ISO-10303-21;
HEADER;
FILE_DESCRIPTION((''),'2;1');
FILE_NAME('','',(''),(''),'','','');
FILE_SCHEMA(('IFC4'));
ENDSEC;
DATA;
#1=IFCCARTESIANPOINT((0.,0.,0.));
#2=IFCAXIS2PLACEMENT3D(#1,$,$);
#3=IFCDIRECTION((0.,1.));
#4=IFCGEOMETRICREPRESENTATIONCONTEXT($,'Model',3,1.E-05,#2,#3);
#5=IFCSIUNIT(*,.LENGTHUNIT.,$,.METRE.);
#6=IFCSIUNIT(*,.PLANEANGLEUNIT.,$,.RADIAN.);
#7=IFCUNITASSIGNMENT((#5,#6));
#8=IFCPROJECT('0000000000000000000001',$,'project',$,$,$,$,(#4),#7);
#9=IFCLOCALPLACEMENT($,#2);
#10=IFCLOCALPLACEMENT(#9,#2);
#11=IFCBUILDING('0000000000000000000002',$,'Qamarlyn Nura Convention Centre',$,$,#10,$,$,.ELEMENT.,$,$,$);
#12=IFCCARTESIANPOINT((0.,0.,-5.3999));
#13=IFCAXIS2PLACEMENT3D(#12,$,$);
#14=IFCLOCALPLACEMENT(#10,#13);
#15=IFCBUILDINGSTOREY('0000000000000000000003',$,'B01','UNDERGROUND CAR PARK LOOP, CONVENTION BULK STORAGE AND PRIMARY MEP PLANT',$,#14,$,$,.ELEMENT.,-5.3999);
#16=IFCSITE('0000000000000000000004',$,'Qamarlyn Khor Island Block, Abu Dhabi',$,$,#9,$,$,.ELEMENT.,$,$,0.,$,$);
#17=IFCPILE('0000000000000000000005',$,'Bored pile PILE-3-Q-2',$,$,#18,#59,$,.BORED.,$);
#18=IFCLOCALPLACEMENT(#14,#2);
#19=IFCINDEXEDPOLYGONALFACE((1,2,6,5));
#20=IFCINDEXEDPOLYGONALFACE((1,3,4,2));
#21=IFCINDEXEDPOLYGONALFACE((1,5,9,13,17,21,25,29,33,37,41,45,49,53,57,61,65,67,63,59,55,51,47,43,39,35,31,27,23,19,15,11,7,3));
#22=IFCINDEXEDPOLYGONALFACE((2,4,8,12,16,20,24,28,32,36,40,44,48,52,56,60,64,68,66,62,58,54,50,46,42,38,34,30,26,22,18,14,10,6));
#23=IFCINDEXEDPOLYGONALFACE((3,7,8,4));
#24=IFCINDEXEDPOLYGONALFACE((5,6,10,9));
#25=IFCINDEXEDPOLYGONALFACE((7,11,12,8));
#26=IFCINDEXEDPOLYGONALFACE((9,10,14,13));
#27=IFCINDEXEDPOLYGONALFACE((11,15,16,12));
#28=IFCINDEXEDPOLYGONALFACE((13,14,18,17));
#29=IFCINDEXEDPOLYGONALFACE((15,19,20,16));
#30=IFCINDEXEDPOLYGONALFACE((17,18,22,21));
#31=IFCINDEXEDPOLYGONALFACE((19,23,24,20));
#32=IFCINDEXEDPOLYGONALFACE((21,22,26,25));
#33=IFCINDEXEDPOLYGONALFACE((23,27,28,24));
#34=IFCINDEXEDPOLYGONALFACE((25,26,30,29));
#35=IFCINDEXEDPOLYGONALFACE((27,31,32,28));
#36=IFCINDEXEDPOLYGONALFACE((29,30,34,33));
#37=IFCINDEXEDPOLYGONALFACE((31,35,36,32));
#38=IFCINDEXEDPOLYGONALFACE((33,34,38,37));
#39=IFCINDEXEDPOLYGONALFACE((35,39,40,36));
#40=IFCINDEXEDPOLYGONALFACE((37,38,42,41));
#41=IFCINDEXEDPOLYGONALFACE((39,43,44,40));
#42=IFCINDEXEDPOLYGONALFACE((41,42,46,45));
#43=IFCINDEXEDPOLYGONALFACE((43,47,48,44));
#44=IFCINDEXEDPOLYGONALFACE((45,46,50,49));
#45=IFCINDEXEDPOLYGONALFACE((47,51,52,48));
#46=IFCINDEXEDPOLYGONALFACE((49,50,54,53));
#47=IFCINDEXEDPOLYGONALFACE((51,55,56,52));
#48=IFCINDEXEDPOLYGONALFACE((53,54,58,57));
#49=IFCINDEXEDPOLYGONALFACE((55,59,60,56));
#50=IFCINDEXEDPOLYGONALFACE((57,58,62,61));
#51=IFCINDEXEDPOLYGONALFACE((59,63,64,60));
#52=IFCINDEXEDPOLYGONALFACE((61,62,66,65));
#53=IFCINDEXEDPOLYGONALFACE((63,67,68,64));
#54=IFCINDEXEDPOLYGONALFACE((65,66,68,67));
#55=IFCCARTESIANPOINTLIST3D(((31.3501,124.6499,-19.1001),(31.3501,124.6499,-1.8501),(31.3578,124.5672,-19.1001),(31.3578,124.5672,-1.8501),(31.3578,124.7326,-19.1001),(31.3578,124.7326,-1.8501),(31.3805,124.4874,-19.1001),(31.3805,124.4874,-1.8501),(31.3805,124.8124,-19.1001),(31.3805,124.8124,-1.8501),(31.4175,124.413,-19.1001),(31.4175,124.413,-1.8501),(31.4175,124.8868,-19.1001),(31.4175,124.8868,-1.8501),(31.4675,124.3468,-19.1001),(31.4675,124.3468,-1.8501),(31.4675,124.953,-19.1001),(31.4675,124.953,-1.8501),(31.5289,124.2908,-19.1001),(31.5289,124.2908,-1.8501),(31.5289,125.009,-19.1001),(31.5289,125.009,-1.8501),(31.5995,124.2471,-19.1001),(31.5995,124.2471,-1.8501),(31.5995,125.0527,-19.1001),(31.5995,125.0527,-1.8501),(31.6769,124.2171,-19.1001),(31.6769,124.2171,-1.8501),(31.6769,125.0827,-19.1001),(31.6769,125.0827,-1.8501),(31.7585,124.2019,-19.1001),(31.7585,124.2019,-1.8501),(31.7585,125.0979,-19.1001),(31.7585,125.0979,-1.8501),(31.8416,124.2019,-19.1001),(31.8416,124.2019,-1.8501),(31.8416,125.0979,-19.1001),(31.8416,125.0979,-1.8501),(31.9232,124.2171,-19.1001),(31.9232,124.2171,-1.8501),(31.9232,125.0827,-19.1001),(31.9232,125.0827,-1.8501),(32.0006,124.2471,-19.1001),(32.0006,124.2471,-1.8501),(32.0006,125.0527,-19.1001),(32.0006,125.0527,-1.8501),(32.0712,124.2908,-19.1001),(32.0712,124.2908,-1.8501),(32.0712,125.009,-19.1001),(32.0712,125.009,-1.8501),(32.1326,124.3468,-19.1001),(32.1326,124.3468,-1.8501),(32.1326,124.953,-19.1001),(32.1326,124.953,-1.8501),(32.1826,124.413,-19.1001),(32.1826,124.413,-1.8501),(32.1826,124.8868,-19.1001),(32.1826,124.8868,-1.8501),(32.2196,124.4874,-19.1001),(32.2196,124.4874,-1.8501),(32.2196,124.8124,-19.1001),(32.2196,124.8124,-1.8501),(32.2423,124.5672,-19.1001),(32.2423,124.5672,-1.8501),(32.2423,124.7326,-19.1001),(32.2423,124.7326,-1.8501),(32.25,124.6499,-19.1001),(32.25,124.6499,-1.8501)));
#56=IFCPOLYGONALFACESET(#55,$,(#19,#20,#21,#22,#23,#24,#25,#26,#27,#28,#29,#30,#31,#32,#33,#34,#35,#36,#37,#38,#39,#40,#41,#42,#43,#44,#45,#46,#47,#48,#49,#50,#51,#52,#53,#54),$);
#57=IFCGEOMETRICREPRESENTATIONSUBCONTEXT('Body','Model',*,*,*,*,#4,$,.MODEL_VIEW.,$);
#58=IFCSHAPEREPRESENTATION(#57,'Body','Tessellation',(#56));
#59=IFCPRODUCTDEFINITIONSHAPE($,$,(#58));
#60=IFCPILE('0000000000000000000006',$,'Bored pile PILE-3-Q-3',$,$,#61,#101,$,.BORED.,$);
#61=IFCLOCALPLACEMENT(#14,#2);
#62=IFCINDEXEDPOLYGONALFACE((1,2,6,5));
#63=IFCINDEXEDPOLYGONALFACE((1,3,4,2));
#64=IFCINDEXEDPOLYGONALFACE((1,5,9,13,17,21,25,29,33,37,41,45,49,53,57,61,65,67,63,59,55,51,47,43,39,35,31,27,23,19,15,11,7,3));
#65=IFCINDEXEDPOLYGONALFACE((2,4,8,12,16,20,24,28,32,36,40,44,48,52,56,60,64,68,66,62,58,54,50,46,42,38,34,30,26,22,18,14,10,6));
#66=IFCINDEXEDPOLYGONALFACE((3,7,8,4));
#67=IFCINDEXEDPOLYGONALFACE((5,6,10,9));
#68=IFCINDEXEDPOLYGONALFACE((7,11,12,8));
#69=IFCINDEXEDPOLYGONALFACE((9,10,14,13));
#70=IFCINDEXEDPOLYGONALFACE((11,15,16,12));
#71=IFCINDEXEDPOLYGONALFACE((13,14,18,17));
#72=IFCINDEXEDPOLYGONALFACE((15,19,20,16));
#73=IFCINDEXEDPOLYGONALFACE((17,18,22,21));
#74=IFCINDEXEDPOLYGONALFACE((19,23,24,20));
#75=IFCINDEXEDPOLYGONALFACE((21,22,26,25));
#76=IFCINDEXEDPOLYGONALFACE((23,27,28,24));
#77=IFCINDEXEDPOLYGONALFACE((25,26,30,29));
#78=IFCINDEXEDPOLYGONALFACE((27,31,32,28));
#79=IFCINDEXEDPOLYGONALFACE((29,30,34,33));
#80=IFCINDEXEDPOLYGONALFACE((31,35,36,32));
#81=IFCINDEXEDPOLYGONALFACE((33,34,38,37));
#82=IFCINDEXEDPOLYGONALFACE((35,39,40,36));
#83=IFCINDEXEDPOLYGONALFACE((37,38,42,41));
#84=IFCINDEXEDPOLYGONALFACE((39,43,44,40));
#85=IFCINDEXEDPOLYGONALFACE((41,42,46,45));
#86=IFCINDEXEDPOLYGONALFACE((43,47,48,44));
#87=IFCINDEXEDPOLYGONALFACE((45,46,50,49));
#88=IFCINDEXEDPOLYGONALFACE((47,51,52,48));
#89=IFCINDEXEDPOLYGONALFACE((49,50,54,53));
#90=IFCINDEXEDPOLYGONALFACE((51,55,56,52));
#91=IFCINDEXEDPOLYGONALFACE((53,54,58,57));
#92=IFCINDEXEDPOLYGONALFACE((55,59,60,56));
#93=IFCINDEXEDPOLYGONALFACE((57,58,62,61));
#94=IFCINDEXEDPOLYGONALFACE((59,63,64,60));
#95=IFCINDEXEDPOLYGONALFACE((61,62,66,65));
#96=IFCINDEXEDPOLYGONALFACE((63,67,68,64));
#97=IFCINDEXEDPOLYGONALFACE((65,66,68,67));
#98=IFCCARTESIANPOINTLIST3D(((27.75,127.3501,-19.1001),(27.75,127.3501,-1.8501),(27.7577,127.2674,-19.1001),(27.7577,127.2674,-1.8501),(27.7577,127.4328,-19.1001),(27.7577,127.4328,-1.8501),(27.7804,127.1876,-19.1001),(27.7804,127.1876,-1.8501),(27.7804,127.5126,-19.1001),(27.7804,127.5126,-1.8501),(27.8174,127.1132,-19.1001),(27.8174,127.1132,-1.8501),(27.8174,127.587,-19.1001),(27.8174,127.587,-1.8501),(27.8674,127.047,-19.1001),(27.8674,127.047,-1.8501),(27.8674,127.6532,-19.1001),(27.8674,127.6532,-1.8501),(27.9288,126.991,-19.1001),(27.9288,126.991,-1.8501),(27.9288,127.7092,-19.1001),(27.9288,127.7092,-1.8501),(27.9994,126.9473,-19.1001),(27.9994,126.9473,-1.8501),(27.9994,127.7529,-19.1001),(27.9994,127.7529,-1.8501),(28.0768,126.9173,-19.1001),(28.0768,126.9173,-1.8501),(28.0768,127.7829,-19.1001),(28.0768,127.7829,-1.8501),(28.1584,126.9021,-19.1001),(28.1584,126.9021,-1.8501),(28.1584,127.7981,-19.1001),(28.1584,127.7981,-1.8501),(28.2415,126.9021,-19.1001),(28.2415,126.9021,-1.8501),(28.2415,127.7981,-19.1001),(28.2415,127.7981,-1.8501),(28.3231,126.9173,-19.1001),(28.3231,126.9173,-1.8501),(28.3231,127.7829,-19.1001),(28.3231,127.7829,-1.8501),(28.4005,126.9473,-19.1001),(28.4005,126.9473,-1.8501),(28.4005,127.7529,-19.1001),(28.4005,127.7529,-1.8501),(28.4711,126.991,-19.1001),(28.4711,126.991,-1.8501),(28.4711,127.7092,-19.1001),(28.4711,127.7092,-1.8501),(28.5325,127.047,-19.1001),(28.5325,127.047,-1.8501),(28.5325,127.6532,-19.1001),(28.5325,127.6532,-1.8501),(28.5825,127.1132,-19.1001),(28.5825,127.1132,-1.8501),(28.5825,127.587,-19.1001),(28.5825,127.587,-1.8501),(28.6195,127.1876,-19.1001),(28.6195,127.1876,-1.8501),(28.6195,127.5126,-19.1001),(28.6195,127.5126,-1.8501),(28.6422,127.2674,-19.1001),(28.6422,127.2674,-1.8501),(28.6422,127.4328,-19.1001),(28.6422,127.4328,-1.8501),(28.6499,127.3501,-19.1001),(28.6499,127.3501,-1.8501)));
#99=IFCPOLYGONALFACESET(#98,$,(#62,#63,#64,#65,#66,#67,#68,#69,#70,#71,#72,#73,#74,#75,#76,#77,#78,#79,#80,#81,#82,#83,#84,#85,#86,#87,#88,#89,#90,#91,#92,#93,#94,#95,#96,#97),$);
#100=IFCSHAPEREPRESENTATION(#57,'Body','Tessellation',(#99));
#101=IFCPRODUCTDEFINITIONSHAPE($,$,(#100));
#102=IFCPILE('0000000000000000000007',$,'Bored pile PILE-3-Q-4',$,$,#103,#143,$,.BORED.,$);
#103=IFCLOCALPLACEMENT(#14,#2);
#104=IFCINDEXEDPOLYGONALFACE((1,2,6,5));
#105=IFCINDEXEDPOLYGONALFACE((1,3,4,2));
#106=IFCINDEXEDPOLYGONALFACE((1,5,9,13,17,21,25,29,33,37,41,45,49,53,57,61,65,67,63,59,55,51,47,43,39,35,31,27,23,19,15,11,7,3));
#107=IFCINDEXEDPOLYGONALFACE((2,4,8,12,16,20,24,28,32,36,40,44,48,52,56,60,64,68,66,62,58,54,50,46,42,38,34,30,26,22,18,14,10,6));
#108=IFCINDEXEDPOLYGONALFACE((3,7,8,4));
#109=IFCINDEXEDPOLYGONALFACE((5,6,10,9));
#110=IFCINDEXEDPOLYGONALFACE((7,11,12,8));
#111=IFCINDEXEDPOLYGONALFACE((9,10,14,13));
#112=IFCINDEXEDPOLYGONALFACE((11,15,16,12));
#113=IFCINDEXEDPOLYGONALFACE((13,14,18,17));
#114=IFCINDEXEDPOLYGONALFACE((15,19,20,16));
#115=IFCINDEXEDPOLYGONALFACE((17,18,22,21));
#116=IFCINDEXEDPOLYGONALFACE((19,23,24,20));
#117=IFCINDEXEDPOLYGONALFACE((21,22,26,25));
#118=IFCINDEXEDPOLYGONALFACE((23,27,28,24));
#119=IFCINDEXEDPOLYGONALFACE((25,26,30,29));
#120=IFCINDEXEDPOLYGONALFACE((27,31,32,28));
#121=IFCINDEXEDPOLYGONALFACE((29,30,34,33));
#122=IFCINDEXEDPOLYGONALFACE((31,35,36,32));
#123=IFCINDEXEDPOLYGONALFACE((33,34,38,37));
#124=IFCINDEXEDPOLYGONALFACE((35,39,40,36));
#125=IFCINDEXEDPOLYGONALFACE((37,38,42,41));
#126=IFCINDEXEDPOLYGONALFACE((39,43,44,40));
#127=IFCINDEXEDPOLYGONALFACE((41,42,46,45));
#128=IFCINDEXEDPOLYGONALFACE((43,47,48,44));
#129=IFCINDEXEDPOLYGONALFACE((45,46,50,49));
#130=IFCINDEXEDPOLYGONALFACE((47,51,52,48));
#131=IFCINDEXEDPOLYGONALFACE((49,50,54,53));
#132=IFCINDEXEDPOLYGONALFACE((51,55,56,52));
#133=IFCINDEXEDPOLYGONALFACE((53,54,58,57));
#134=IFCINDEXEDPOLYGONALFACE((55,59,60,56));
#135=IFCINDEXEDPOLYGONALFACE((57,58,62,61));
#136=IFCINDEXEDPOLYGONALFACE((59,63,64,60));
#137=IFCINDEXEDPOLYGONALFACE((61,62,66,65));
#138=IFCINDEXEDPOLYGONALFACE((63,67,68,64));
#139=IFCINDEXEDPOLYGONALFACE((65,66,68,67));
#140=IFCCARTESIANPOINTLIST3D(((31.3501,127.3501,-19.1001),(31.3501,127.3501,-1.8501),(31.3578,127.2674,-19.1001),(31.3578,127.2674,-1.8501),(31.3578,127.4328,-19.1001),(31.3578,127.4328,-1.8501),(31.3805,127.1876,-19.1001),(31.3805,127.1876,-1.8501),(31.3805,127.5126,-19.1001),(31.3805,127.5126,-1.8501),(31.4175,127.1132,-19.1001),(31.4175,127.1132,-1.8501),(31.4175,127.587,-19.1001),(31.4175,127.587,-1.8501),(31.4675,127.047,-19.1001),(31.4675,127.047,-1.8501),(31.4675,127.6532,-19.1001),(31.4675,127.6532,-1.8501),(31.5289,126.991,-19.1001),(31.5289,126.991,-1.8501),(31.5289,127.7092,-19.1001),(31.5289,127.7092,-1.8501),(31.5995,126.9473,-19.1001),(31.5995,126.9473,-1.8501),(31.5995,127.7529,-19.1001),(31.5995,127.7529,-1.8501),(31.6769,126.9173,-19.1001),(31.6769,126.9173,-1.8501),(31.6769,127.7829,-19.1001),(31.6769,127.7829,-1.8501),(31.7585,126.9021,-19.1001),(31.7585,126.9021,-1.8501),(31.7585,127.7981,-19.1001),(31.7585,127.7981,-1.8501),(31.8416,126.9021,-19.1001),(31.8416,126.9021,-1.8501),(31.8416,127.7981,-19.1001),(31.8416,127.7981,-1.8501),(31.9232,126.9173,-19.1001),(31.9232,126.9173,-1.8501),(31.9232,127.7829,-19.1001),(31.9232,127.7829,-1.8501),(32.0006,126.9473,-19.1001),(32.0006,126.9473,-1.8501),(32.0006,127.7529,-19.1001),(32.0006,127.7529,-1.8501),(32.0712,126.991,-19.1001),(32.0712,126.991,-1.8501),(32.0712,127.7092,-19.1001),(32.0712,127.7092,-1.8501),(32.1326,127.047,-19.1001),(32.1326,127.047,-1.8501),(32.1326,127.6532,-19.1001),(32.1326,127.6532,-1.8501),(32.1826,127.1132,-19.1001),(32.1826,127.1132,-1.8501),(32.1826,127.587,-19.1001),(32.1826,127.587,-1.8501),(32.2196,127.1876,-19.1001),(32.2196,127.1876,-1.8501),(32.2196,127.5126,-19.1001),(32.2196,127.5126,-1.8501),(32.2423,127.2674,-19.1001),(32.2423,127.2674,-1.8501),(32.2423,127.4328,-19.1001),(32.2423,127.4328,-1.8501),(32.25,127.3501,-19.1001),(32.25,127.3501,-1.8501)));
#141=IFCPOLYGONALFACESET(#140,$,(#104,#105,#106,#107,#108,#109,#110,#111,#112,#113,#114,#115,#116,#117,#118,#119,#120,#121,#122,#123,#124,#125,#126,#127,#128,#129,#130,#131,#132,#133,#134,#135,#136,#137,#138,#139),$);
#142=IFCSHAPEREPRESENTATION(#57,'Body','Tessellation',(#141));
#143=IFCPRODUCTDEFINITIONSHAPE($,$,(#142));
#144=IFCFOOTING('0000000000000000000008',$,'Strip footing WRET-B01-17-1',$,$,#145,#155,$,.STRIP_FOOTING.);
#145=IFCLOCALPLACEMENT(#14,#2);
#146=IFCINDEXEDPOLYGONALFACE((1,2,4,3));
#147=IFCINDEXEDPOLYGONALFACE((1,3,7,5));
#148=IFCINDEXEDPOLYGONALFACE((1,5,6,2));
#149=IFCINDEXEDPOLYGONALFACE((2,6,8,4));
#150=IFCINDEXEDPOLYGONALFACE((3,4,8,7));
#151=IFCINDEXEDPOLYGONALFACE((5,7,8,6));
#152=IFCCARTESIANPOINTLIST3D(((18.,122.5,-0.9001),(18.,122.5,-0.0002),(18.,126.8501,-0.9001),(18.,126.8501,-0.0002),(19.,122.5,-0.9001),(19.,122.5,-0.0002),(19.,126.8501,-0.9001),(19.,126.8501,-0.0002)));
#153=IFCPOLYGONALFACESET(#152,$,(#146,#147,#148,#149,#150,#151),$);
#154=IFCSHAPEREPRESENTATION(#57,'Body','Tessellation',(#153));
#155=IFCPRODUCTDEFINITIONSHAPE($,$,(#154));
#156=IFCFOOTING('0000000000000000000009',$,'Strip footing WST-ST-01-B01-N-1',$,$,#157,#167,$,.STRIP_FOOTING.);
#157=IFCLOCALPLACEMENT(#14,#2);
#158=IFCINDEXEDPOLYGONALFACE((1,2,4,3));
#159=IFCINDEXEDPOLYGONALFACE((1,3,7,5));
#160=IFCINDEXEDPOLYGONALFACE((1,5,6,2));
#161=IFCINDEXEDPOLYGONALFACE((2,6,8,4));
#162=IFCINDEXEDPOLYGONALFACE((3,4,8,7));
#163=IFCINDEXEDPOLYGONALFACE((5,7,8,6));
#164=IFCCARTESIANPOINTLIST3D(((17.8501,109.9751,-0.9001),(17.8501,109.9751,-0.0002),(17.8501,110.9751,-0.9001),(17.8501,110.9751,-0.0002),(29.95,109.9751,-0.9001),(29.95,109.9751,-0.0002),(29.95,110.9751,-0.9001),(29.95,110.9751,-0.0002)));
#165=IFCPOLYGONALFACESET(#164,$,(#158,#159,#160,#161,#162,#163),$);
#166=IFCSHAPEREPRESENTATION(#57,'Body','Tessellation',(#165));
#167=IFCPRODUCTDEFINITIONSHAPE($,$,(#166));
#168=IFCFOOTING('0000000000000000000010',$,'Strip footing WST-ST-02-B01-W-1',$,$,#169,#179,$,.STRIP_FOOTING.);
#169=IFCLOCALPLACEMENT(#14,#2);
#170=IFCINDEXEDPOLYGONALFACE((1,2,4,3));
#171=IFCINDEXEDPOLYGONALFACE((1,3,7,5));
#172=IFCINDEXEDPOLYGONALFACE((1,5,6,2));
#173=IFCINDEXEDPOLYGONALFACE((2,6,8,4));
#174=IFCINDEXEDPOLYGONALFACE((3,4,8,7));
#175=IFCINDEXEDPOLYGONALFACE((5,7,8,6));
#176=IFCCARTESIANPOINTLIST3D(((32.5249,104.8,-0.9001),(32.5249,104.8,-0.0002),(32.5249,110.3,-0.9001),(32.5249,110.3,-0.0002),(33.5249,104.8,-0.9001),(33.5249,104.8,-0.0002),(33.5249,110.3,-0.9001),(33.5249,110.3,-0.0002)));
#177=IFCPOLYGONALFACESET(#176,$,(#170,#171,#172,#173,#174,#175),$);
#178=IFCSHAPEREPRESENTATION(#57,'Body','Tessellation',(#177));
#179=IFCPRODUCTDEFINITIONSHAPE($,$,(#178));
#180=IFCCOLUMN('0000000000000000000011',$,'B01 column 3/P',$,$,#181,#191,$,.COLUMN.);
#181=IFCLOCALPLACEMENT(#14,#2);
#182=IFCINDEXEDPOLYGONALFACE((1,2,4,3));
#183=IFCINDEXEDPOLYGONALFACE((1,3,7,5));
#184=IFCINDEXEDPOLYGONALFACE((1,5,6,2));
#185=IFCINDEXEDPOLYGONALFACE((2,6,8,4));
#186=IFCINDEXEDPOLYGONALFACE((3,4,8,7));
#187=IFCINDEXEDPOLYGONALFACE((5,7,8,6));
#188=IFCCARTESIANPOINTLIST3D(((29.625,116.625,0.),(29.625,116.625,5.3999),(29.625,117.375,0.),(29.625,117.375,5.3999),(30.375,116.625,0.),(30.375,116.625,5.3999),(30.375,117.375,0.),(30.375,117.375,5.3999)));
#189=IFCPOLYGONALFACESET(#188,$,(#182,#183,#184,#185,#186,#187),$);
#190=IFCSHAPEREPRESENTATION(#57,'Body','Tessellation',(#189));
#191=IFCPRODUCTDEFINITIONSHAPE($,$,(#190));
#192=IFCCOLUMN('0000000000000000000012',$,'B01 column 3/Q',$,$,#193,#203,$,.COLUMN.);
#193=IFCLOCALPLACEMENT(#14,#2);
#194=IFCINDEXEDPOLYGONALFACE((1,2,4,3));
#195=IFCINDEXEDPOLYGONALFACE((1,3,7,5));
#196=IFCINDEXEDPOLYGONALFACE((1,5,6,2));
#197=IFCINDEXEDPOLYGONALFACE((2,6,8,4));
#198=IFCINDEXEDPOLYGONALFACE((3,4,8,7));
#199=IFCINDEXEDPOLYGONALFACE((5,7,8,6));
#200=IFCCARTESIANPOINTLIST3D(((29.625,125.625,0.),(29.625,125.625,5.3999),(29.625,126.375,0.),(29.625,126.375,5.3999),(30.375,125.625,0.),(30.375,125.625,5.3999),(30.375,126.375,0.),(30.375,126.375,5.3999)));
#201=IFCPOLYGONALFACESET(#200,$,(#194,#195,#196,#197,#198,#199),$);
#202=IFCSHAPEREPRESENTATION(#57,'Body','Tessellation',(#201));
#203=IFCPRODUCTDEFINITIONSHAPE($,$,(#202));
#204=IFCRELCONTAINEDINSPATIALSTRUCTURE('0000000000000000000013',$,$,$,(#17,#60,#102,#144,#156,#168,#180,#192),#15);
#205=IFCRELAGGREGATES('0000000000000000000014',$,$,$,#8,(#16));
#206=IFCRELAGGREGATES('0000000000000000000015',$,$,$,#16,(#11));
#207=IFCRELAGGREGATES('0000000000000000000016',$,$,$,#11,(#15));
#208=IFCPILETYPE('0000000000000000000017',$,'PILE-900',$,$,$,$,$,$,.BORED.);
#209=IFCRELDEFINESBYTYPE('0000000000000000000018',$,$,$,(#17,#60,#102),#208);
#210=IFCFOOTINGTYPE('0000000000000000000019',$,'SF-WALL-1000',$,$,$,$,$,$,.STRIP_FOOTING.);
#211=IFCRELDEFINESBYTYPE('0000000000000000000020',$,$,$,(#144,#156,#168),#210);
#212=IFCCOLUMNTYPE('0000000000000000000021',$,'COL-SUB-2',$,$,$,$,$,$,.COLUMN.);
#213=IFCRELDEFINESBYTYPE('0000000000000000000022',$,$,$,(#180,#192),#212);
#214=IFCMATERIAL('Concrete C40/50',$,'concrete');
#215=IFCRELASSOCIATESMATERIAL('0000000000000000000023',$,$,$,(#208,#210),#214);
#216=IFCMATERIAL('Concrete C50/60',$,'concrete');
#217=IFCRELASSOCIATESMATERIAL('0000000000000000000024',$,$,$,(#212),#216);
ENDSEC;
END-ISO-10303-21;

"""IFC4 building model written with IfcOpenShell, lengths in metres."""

from ifc_helpers import new_model, si_unit, direction, frame, origin, origin_2d, place, context, subcontext, project, spatial, rectangle, circle, extrude, material, material_profile, profile_set, type_object, element, save


model = new_model("IFC4")

# Units and contexts
model_context = context("Model", 3, precision=1e-05, world=origin(), true_north=direction((0.0, 1.0)))
body_context = subcontext(model_context, "Body", "Model", "MODEL_VIEW")
ifc_project = project(units=[si_unit("LENGTHUNIT", "METRE"), si_unit("PLANEANGLEUNIT", "RADIAN")], contexts=[model_context])

# Site, building, storey
site_placement = place(None, origin())
site = spatial("IfcSite", under=ifc_project, at=site_placement, Name="Qamarlyn Khor Island Block, Abu Dhabi", CompositionType="ELEMENT", RefElevation=0.0)
building_placement = place(site_placement, origin())
building = spatial("IfcBuilding", under=site, at=building_placement, Name="Qamarlyn Nura Convention Centre", CompositionType="ELEMENT")
storey_placement = place(building_placement, frame((0.0, 0.0, -5.3999)))
storey = spatial("IfcBuildingStorey", under=building, at=storey_placement, Name="B01", Description="UNDERGROUND CAR PARK LOOP, CONVENTION BULK STORAGE AND PRIMARY MEP PLANT", CompositionType="ELEMENT", Elevation=-5.3999)

# Shared definitions
ifc_material_1 = material(Name="Concrete C40/50", Category="concrete")

# Piles
ifc_material_profile_1 = material_profile(ifc_material_1, circle(Radius=0.45, at=origin_2d()), Name="BORED PILE 900")
ifc_profile_set_1 = profile_set([ifc_material_profile_1], Name="Concrete C40/50")
pile_type = type_object("IfcPileType", Name="PILE-900", PredefinedType="BORED", material=ifc_profile_set_1)
for number, where, z_axis, x_axis, name in (
    (1, (31.8, 124.6499, -1.8501), (0.0, 0.0, -1.0), (1.0, 0.0, 0.0), "Bored pile PILE-3-Q-2"),
    (2, (28.2, 127.3501, -1.8501), (0.0, 0.0, -1.0), (1.0, 0.0, 0.0), "Bored pile PILE-3-Q-3"),
    (3, (31.8, 127.3501, -1.8501), (0.0, 0.0, -1.0), (1.0, 0.0, 0.0), "Bored pile PILE-3-Q-4"),
):
    element("IfcPile", number, at=place(storey_placement, frame(where, z_axis=z_axis, x_axis=x_axis)), inside=storey, type_object=pile_type, Name=name, PredefinedType="BORED", context=body_context, shape_type="SweptSolid", body=[
        extrude(circle(Radius=0.45, at=origin_2d()), origin(), (0.0, 0.0, 1.0), 17.25),
    ])

# Footings
ifc_material_profile_2 = material_profile(ifc_material_1, rectangle(XDim=1.0, YDim=0.8999, at=origin_2d()), Name="RC STRIP 1000x900")
ifc_profile_set_2 = profile_set([ifc_material_profile_2], Name="Concrete C40/50")
footing_type_1 = type_object("IfcFootingType", Name="SF-WALL-1000", PredefinedType="STRIP_FOOTING", material=ifc_profile_set_2)
footing_1_placement = place(storey_placement, frame((18.5, 122.5, -0.4502), z_axis=(0.0, 1.0, 0.0), x_axis=(-1.0, 0.0, 0.0)))
element("IfcFooting", 4, at=footing_1_placement, inside=storey, type_object=footing_type_1, Name="Strip footing WRET-B01-17-1", PredefinedType="STRIP_FOOTING", context=body_context, shape_type="SweptSolid", body=[
    extrude(rectangle(XDim=1.0, YDim=0.8999, at=origin_2d()), origin(), (0.0, 0.0, 1.0), 4.3501),
])
footing_2_placement = place(storey_placement, frame((29.95, 110.4751, -0.4502), z_axis=(-1.0, 0.0, 0.0), x_axis=(0.0, -1.0, 0.0)))
element("IfcFooting", 5, at=footing_2_placement, inside=storey, type_object=footing_type_1, Name="Strip footing WST-ST-01-B01-N-1", PredefinedType="STRIP_FOOTING", context=body_context, shape_type="SweptSolid", body=[
    extrude(rectangle(XDim=1.0, YDim=0.8999, at=origin_2d()), origin(), (0.0, 0.0, 1.0), 12.0999),
])
footing_3_placement = place(storey_placement, frame((33.0249, 110.3, -0.4502), z_axis=(0.0, -1.0, 0.0), x_axis=(1.0, 0.0, 0.0)))
element("IfcFooting", 6, at=footing_3_placement, inside=storey, type_object=footing_type_1, Name="Strip footing WST-ST-02-B01-W-1", PredefinedType="STRIP_FOOTING", context=body_context, shape_type="SweptSolid", body=[
    extrude(rectangle(XDim=1.0, YDim=0.8999, at=origin_2d()), origin(), (0.0, 0.0, 1.0), 5.5),
])

# Columns
ifc_material_2 = material(Name="Concrete C50/60", Category="concrete")
ifc_material_profile_3 = material_profile(ifc_material_2, rectangle(XDim=0.75, YDim=0.75, at=origin_2d()), Name="RC 750x750")
ifc_profile_set_3 = profile_set([ifc_material_profile_3], Name="Concrete C50/60")
column_type = type_object("IfcColumnType", Name="COL-SUB-2", PredefinedType="COLUMN", material=ifc_profile_set_3)
for number, where, z_axis, x_axis, name in (
    (7, (30.0, 117.0, 0.0), (0.0, 0.0, 1.0), (1.0, 0.0, 0.0), "B01 column 3/P"),
    (8, (30.0, 126.0, 0.0), (0.0, 0.0, 1.0), (1.0, 0.0, 0.0), "B01 column 3/Q"),
):
    element("IfcColumn", number, at=place(storey_placement, frame(where, z_axis=z_axis, x_axis=x_axis)), inside=storey, type_object=column_type, Name=name, PredefinedType="COLUMN", context=body_context, shape_type="SweptSolid", body=[
        extrude(rectangle(XDim=0.75, YDim=0.75, at=origin_2d()), origin(), (0.0, 0.0, 1.0), 5.3999),
    ])

save(model, "model.ifc")
